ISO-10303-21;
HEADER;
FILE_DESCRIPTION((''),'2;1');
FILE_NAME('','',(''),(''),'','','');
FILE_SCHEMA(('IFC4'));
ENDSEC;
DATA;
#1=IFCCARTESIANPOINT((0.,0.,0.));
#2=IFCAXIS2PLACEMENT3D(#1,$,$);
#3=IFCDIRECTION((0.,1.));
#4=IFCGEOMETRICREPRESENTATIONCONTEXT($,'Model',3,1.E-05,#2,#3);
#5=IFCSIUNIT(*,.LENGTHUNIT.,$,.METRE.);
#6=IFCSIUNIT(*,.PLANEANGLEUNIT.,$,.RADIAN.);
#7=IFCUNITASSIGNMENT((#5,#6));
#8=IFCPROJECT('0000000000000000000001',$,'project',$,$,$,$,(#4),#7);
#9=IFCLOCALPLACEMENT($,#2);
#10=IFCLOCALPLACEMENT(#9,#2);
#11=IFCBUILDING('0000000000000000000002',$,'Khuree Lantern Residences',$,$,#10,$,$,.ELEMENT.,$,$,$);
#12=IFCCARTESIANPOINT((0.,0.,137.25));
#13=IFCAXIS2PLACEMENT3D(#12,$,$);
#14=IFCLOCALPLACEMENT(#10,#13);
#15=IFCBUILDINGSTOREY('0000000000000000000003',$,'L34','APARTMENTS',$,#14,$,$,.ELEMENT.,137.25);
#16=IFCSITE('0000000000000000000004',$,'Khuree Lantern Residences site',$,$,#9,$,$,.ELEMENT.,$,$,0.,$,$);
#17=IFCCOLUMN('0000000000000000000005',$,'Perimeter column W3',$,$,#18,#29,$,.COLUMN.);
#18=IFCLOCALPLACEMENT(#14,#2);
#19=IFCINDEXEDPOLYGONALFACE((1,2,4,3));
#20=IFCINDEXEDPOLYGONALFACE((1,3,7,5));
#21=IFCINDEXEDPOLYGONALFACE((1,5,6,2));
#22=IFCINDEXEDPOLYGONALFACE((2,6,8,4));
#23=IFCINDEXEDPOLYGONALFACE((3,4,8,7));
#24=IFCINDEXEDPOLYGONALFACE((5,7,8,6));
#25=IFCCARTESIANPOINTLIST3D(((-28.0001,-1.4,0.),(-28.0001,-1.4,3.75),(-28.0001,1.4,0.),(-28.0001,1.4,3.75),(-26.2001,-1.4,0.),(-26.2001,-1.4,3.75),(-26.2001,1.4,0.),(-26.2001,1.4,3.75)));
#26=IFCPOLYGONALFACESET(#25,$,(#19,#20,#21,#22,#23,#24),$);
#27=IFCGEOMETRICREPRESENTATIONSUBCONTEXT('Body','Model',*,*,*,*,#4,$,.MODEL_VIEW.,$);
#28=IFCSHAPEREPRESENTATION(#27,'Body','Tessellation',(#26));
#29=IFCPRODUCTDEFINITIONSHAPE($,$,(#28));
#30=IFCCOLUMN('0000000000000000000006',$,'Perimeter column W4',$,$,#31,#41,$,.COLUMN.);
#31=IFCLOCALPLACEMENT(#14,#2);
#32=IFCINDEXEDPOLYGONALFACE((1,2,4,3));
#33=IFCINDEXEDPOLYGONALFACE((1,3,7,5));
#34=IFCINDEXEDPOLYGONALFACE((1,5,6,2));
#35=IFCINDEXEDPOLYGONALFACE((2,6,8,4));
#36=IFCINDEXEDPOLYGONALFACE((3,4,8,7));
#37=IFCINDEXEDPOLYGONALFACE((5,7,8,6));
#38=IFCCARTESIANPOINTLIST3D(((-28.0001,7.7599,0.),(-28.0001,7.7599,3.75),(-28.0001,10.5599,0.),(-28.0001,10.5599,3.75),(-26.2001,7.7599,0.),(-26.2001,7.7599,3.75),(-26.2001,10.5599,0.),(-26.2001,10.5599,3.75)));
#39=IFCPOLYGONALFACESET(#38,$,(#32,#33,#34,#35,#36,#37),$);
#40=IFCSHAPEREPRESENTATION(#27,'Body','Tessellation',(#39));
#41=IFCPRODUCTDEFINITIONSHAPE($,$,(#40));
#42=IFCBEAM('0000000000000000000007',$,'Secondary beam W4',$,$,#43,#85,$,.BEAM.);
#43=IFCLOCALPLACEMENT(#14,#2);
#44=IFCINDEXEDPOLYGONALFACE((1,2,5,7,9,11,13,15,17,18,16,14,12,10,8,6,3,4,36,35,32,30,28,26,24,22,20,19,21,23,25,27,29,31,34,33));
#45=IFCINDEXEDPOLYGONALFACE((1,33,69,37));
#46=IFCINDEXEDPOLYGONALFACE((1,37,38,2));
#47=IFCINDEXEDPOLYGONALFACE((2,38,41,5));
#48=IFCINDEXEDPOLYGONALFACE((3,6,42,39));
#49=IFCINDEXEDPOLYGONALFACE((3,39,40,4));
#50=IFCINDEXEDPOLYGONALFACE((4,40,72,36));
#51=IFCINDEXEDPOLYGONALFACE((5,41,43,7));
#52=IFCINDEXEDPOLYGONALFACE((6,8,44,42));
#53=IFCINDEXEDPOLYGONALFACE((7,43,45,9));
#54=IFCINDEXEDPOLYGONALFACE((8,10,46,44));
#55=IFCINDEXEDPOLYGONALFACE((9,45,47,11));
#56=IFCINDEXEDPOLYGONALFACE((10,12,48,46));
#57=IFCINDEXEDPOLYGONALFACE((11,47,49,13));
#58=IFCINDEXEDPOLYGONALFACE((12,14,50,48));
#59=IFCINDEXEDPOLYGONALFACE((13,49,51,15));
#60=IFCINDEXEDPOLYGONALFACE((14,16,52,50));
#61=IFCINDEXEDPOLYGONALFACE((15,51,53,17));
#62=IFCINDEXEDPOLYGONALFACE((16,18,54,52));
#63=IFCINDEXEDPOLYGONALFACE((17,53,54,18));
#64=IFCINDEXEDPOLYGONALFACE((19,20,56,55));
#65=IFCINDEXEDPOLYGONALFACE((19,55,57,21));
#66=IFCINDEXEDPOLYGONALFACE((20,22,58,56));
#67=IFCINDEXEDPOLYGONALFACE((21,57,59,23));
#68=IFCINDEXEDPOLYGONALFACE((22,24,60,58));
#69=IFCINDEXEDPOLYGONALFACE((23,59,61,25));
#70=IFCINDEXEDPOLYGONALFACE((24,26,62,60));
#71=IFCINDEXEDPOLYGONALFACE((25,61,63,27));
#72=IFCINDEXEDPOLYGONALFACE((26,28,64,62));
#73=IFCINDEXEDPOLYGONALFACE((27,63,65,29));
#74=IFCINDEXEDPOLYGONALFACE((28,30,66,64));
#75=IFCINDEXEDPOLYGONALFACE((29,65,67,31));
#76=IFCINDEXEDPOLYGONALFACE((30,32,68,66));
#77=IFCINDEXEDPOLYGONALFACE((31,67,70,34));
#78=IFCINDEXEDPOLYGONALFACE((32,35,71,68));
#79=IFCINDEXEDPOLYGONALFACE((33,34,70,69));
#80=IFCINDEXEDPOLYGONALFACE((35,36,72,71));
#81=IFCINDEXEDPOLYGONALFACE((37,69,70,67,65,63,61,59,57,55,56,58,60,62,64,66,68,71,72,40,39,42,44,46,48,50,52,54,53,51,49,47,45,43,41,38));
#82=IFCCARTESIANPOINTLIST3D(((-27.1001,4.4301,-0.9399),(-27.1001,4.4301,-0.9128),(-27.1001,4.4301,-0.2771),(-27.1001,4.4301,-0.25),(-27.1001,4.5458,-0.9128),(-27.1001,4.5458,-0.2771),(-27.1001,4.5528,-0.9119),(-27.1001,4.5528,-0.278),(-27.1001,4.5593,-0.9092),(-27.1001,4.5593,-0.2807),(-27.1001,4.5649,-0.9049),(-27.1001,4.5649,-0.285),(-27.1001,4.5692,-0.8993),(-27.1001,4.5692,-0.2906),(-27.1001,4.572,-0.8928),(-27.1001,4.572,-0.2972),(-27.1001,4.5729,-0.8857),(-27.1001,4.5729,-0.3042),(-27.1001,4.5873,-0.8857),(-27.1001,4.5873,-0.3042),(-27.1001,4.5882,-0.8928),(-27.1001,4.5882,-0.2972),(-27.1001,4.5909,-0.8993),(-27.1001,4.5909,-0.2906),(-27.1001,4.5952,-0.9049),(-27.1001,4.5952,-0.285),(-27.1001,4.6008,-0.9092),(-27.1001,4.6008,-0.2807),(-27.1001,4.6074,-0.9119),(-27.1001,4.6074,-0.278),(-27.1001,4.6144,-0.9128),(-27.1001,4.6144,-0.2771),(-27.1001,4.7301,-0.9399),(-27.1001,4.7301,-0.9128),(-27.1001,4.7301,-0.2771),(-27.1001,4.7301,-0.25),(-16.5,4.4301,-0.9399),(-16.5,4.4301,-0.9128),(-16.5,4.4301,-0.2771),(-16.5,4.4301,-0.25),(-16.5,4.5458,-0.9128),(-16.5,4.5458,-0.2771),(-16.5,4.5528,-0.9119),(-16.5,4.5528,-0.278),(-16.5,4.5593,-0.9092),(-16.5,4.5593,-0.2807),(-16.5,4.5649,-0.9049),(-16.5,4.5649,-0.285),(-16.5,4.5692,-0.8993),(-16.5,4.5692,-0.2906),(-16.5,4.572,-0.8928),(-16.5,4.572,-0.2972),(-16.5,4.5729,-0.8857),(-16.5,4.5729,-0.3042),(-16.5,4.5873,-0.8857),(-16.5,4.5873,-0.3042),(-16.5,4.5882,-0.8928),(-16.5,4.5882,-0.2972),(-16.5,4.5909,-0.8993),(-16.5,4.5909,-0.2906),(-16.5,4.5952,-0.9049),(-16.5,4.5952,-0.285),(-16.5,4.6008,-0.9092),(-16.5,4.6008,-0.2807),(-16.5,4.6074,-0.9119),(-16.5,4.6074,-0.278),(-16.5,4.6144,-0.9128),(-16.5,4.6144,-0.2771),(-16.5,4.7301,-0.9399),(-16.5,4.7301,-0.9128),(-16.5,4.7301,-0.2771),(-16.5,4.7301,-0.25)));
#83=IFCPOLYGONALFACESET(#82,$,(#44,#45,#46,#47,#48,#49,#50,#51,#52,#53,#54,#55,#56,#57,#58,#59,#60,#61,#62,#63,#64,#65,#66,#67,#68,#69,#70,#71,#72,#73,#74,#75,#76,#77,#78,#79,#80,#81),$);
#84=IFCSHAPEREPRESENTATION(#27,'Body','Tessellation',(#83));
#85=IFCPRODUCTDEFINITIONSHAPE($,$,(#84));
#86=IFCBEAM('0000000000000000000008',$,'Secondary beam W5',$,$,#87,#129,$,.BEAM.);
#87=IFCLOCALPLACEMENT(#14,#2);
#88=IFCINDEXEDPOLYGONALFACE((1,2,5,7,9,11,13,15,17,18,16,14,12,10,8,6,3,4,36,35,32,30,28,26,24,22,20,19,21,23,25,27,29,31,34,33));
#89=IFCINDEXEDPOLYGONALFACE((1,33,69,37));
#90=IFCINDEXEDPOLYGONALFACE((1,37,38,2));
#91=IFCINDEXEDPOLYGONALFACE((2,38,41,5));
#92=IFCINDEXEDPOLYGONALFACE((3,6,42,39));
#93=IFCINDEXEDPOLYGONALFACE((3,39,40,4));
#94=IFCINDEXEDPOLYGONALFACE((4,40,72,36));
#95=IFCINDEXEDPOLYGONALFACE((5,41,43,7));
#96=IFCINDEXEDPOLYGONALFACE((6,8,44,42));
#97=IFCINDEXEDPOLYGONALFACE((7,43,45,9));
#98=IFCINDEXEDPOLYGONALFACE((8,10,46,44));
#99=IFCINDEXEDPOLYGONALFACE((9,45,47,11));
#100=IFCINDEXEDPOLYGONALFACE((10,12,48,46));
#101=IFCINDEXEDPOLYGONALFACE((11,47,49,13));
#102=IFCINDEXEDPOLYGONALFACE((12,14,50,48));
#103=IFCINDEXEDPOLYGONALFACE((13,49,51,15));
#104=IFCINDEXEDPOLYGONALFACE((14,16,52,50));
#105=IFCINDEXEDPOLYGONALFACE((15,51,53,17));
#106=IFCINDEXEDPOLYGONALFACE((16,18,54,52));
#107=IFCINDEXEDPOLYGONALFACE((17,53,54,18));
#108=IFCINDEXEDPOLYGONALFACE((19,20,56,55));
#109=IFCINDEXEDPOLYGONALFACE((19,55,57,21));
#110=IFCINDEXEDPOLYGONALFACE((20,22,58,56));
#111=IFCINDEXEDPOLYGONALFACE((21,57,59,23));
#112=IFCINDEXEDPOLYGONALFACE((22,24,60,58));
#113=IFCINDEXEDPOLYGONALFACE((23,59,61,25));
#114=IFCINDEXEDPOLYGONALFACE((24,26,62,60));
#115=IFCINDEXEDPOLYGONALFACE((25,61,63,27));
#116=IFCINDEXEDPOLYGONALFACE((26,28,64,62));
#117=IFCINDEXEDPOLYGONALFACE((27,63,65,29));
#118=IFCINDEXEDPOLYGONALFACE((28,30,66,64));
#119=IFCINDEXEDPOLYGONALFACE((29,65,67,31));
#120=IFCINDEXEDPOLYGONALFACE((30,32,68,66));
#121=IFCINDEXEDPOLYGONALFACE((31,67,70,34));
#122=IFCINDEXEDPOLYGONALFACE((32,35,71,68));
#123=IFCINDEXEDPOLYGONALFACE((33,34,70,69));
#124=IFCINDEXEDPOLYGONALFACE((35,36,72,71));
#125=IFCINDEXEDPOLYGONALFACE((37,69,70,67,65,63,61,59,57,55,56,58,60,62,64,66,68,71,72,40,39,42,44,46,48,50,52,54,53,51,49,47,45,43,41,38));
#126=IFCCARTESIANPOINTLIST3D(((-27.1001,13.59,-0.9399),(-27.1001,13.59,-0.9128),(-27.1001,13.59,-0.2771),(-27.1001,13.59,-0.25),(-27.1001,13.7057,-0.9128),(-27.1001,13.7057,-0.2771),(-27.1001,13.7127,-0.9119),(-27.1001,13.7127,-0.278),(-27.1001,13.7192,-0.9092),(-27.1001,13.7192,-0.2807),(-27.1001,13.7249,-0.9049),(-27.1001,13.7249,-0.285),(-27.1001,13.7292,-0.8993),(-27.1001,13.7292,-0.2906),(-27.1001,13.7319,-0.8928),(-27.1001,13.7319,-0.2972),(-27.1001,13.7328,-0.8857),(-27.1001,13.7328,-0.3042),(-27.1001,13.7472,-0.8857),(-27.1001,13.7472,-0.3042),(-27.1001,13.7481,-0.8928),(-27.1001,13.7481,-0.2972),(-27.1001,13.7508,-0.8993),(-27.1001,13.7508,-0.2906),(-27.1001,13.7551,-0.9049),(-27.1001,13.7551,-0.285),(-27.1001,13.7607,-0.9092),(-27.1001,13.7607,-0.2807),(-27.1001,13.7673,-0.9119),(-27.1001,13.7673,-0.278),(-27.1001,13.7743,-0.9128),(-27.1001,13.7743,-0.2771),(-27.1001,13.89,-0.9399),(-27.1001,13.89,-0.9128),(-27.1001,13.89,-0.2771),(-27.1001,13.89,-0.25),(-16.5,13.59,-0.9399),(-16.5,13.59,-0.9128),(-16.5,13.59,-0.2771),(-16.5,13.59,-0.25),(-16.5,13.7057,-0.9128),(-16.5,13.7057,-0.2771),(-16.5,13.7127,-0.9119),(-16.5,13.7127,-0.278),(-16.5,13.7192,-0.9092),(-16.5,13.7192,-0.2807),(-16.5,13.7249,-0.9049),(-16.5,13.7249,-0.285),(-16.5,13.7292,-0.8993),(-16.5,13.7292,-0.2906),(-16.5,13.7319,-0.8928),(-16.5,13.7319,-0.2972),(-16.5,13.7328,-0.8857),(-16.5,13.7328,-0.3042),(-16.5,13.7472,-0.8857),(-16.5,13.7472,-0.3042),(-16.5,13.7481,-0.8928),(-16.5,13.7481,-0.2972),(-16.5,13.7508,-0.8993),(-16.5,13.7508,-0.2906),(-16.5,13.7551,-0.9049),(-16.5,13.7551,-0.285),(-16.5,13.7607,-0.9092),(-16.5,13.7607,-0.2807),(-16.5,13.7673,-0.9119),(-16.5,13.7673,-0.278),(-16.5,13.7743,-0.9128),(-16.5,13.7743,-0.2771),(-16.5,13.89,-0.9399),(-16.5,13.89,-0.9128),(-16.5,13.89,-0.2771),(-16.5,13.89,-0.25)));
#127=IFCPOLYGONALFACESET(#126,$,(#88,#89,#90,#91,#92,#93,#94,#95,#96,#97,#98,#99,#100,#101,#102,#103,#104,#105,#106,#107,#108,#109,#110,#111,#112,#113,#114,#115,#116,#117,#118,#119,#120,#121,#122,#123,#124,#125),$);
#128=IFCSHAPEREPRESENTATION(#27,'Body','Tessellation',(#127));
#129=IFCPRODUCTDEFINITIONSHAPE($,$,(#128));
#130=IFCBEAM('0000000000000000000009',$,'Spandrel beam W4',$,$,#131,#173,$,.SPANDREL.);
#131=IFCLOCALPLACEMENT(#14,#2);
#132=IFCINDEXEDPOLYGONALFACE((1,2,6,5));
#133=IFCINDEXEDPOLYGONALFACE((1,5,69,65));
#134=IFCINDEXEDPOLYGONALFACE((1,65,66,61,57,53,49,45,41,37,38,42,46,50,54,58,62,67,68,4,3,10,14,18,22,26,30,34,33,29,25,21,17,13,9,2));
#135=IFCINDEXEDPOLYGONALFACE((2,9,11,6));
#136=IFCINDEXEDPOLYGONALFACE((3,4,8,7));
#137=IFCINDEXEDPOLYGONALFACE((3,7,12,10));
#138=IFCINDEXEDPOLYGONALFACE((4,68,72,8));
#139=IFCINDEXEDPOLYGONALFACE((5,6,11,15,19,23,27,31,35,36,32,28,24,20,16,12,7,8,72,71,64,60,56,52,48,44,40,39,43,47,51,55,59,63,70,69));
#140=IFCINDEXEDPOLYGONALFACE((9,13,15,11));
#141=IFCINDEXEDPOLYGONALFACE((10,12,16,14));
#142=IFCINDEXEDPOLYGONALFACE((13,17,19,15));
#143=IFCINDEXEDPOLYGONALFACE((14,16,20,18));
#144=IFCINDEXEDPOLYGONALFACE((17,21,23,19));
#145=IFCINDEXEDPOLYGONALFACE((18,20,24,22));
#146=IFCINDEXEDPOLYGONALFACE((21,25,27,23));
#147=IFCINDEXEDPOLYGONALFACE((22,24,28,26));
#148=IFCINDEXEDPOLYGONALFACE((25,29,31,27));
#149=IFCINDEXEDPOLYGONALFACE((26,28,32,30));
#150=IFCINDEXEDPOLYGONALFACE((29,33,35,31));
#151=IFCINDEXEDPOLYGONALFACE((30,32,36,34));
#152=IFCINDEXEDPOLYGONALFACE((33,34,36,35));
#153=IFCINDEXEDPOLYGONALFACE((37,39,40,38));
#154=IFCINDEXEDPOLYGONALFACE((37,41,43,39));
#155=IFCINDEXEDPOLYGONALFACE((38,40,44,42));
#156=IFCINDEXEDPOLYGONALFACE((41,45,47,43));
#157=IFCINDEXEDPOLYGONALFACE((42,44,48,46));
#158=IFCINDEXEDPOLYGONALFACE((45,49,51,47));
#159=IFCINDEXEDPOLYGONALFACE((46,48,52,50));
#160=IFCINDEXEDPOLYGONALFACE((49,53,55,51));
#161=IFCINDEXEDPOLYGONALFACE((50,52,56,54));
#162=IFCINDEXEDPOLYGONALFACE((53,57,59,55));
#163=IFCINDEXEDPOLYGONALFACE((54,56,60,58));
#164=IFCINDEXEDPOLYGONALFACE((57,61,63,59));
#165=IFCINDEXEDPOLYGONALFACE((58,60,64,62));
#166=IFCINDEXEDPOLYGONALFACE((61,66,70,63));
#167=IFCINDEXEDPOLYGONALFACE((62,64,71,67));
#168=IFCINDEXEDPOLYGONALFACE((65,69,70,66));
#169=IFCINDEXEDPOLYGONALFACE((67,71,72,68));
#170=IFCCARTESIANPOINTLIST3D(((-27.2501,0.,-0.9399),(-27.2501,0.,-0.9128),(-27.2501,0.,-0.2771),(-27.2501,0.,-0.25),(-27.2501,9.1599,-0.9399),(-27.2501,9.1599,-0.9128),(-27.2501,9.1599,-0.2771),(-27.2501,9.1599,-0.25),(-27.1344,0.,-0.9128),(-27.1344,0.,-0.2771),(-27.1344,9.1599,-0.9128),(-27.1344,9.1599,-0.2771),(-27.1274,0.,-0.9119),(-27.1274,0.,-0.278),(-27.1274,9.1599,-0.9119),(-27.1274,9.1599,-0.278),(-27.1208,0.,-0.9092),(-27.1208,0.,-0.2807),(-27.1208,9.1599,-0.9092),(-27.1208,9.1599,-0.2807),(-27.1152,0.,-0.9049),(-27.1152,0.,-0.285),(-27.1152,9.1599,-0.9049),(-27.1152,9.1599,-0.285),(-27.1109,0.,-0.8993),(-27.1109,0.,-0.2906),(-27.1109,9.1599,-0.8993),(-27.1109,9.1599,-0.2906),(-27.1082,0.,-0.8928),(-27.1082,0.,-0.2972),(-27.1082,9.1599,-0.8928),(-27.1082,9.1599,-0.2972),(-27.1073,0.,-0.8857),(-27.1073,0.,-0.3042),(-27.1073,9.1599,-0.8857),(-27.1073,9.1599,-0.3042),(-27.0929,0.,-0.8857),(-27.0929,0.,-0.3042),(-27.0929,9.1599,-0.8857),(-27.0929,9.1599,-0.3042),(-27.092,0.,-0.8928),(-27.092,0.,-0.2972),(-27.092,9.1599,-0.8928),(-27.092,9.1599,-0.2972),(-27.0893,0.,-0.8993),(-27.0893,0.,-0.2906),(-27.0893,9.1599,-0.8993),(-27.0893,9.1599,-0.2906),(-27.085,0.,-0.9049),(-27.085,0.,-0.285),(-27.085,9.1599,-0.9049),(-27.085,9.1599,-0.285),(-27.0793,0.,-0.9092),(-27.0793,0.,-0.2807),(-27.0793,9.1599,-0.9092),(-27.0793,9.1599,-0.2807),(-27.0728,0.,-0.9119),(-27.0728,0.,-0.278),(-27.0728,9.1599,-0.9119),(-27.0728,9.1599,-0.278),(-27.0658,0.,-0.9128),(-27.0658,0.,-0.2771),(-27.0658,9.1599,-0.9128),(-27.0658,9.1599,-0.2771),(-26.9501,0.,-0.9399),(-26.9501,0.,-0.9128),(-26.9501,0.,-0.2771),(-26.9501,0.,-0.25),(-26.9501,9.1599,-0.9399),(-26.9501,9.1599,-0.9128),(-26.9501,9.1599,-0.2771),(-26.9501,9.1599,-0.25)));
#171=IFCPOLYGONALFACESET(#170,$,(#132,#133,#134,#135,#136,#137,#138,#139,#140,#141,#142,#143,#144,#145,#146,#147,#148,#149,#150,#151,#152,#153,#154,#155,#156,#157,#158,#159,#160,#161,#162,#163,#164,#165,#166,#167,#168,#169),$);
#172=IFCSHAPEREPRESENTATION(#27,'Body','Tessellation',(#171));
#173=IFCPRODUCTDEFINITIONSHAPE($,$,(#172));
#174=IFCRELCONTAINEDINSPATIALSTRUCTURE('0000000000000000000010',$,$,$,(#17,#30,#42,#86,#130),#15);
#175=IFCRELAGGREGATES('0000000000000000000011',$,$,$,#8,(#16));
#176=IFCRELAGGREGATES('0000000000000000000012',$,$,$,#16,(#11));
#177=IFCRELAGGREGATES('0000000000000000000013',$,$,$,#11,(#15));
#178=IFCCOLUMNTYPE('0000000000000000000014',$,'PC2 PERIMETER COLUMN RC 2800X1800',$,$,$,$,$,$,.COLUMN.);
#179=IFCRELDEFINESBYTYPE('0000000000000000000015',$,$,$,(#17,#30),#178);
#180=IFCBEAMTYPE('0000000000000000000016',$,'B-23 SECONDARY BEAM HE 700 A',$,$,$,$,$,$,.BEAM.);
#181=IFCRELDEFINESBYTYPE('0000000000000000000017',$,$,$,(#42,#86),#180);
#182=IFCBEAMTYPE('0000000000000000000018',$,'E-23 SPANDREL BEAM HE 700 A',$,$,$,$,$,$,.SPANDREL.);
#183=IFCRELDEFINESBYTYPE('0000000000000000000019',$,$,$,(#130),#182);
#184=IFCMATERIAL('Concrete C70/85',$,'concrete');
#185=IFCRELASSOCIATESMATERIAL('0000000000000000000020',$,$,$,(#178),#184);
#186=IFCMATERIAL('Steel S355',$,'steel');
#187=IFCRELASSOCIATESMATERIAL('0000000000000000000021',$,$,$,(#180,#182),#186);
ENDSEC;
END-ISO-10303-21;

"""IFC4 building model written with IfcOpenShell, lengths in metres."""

from ifc_helpers import new_model, si_unit, direction, frame, origin, origin_2d, place, context, subcontext, project, spatial, rectangle, i_section, extrude, material, material_profile, profile_set, type_object, element, save


model = new_model("IFC4")

# Units and contexts
model_context = context("Model", 3, precision=1e-05, world=origin(), true_north=direction((0.0, 1.0)))
body_context = subcontext(model_context, "Body", "Model", "MODEL_VIEW")
ifc_project = project(units=[si_unit("LENGTHUNIT", "METRE"), si_unit("PLANEANGLEUNIT", "RADIAN")], contexts=[model_context])

# Site, building, storey
site_placement = place(None, origin())
site = spatial("IfcSite", under=ifc_project, at=site_placement, Name="Khuree Lantern Residences site", CompositionType="ELEMENT", RefElevation=0.0)
building_placement = place(site_placement, origin())
building = spatial("IfcBuilding", under=site, at=building_placement, Name="Khuree Lantern Residences", CompositionType="ELEMENT")
storey_placement = place(building_placement, frame((0.0, 0.0, 137.25)))
storey = spatial("IfcBuildingStorey", under=building, at=storey_placement, Name="L34", Description="APARTMENTS", CompositionType="ELEMENT", Elevation=137.25)

# Columns
ifc_material_1 = material(Name="Concrete C70/85", Category="concrete")
ifc_material_profile_1 = material_profile(ifc_material_1, rectangle(XDim=2.8, YDim=1.8, at=origin_2d()), Name="RC 2800X1800")
ifc_profile_set_1 = profile_set([ifc_material_profile_1], Name="Concrete C70/85")
column_type = type_object("IfcColumnType", Name="PC2 PERIMETER COLUMN RC 2800X1800", PredefinedType="COLUMN", material=ifc_profile_set_1)
for number, where, z_axis, x_axis, name in (
    (1, (-27.1001, 0.0, 0.0), (0.0, 0.0, 1.0), (0.0, 1.0, 0.0), "Perimeter column W3"),
    (2, (-27.1001, 9.1599, 0.0), (0.0, 0.0, 1.0), (0.0, 1.0, 0.0), "Perimeter column W4"),
):
    element("IfcColumn", number, at=place(storey_placement, frame(where, z_axis=z_axis, x_axis=x_axis)), inside=storey, type_object=column_type, Name=name, PredefinedType="COLUMN", context=body_context, shape_type="SweptSolid", body=[
        extrude(rectangle(XDim=2.8, YDim=1.8, at=origin_2d()), origin(), (0.0, 0.0, 1.0), 3.75),
    ])

# Beams
ifc_material_2 = material(Name="Steel S355", Category="steel")
ifc_material_profile_2 = material_profile(ifc_material_2, i_section(OverallWidth=0.3, OverallDepth=0.6899, WebThickness=0.0144, FlangeThickness=0.0271, FilletRadius=0.0271, at=origin_2d()), Name="HE 700 A")
ifc_profile_set_2 = profile_set([ifc_material_profile_2], Name="Steel S355")
beam_type_1 = type_object("IfcBeamType", Name="B-23 SECONDARY BEAM HE 700 A", PredefinedType="BEAM", material=ifc_profile_set_2)
for number, where, z_axis, x_axis, name in (
    (3, (-27.1001, 4.5801, -0.595), (1.0, 0.0, 0.0), (0.0, 1.0, 0.0), "Secondary beam W4"),
    (4, (-27.1001, 13.74, -0.595), (1.0, 0.0, 0.0), (0.0, 1.0, 0.0), "Secondary beam W5"),
):
    element("IfcBeam", number, at=place(storey_placement, frame(where, z_axis=z_axis, x_axis=x_axis)), inside=storey, type_object=beam_type_1, Name=name, PredefinedType="BEAM", context=body_context, shape_type="SweptSolid", body=[
        extrude(i_section(OverallWidth=0.3, OverallDepth=0.6899, WebThickness=0.0144, FlangeThickness=0.0271, FilletRadius=0.0271, at=origin_2d()), origin(), (0.0, 0.0, 1.0), 10.6001),
    ])
ifc_material_profile_3 = material_profile(ifc_material_2, i_section(OverallWidth=0.3, OverallDepth=0.6899, WebThickness=0.0144, FlangeThickness=0.0271, FilletRadius=0.0271, at=origin_2d()), Name="HE 700 A")
ifc_profile_set_3 = profile_set([ifc_material_profile_3], Name="Steel S355")
beam_type_2 = type_object("IfcBeamType", Name="E-23 SPANDREL BEAM HE 700 A", PredefinedType="SPANDREL", material=ifc_profile_set_3)
beam_1_placement = place(storey_placement, frame((-27.1001, 0.0, -0.595), z_axis=(0.0, 1.0, 0.0), x_axis=(-1.0, 0.0, 0.0)))
element("IfcBeam", 5, at=beam_1_placement, inside=storey, type_object=beam_type_2, Name="Spandrel beam W4", PredefinedType="SPANDREL", context=body_context, shape_type="SweptSolid", body=[
    extrude(i_section(OverallWidth=0.3, OverallDepth=0.6899, WebThickness=0.0144, FlangeThickness=0.0271, FilletRadius=0.0271, at=origin_2d()), origin(), (0.0, 0.0, 1.0), 9.1599),
])

save(model, "model.ifc")
